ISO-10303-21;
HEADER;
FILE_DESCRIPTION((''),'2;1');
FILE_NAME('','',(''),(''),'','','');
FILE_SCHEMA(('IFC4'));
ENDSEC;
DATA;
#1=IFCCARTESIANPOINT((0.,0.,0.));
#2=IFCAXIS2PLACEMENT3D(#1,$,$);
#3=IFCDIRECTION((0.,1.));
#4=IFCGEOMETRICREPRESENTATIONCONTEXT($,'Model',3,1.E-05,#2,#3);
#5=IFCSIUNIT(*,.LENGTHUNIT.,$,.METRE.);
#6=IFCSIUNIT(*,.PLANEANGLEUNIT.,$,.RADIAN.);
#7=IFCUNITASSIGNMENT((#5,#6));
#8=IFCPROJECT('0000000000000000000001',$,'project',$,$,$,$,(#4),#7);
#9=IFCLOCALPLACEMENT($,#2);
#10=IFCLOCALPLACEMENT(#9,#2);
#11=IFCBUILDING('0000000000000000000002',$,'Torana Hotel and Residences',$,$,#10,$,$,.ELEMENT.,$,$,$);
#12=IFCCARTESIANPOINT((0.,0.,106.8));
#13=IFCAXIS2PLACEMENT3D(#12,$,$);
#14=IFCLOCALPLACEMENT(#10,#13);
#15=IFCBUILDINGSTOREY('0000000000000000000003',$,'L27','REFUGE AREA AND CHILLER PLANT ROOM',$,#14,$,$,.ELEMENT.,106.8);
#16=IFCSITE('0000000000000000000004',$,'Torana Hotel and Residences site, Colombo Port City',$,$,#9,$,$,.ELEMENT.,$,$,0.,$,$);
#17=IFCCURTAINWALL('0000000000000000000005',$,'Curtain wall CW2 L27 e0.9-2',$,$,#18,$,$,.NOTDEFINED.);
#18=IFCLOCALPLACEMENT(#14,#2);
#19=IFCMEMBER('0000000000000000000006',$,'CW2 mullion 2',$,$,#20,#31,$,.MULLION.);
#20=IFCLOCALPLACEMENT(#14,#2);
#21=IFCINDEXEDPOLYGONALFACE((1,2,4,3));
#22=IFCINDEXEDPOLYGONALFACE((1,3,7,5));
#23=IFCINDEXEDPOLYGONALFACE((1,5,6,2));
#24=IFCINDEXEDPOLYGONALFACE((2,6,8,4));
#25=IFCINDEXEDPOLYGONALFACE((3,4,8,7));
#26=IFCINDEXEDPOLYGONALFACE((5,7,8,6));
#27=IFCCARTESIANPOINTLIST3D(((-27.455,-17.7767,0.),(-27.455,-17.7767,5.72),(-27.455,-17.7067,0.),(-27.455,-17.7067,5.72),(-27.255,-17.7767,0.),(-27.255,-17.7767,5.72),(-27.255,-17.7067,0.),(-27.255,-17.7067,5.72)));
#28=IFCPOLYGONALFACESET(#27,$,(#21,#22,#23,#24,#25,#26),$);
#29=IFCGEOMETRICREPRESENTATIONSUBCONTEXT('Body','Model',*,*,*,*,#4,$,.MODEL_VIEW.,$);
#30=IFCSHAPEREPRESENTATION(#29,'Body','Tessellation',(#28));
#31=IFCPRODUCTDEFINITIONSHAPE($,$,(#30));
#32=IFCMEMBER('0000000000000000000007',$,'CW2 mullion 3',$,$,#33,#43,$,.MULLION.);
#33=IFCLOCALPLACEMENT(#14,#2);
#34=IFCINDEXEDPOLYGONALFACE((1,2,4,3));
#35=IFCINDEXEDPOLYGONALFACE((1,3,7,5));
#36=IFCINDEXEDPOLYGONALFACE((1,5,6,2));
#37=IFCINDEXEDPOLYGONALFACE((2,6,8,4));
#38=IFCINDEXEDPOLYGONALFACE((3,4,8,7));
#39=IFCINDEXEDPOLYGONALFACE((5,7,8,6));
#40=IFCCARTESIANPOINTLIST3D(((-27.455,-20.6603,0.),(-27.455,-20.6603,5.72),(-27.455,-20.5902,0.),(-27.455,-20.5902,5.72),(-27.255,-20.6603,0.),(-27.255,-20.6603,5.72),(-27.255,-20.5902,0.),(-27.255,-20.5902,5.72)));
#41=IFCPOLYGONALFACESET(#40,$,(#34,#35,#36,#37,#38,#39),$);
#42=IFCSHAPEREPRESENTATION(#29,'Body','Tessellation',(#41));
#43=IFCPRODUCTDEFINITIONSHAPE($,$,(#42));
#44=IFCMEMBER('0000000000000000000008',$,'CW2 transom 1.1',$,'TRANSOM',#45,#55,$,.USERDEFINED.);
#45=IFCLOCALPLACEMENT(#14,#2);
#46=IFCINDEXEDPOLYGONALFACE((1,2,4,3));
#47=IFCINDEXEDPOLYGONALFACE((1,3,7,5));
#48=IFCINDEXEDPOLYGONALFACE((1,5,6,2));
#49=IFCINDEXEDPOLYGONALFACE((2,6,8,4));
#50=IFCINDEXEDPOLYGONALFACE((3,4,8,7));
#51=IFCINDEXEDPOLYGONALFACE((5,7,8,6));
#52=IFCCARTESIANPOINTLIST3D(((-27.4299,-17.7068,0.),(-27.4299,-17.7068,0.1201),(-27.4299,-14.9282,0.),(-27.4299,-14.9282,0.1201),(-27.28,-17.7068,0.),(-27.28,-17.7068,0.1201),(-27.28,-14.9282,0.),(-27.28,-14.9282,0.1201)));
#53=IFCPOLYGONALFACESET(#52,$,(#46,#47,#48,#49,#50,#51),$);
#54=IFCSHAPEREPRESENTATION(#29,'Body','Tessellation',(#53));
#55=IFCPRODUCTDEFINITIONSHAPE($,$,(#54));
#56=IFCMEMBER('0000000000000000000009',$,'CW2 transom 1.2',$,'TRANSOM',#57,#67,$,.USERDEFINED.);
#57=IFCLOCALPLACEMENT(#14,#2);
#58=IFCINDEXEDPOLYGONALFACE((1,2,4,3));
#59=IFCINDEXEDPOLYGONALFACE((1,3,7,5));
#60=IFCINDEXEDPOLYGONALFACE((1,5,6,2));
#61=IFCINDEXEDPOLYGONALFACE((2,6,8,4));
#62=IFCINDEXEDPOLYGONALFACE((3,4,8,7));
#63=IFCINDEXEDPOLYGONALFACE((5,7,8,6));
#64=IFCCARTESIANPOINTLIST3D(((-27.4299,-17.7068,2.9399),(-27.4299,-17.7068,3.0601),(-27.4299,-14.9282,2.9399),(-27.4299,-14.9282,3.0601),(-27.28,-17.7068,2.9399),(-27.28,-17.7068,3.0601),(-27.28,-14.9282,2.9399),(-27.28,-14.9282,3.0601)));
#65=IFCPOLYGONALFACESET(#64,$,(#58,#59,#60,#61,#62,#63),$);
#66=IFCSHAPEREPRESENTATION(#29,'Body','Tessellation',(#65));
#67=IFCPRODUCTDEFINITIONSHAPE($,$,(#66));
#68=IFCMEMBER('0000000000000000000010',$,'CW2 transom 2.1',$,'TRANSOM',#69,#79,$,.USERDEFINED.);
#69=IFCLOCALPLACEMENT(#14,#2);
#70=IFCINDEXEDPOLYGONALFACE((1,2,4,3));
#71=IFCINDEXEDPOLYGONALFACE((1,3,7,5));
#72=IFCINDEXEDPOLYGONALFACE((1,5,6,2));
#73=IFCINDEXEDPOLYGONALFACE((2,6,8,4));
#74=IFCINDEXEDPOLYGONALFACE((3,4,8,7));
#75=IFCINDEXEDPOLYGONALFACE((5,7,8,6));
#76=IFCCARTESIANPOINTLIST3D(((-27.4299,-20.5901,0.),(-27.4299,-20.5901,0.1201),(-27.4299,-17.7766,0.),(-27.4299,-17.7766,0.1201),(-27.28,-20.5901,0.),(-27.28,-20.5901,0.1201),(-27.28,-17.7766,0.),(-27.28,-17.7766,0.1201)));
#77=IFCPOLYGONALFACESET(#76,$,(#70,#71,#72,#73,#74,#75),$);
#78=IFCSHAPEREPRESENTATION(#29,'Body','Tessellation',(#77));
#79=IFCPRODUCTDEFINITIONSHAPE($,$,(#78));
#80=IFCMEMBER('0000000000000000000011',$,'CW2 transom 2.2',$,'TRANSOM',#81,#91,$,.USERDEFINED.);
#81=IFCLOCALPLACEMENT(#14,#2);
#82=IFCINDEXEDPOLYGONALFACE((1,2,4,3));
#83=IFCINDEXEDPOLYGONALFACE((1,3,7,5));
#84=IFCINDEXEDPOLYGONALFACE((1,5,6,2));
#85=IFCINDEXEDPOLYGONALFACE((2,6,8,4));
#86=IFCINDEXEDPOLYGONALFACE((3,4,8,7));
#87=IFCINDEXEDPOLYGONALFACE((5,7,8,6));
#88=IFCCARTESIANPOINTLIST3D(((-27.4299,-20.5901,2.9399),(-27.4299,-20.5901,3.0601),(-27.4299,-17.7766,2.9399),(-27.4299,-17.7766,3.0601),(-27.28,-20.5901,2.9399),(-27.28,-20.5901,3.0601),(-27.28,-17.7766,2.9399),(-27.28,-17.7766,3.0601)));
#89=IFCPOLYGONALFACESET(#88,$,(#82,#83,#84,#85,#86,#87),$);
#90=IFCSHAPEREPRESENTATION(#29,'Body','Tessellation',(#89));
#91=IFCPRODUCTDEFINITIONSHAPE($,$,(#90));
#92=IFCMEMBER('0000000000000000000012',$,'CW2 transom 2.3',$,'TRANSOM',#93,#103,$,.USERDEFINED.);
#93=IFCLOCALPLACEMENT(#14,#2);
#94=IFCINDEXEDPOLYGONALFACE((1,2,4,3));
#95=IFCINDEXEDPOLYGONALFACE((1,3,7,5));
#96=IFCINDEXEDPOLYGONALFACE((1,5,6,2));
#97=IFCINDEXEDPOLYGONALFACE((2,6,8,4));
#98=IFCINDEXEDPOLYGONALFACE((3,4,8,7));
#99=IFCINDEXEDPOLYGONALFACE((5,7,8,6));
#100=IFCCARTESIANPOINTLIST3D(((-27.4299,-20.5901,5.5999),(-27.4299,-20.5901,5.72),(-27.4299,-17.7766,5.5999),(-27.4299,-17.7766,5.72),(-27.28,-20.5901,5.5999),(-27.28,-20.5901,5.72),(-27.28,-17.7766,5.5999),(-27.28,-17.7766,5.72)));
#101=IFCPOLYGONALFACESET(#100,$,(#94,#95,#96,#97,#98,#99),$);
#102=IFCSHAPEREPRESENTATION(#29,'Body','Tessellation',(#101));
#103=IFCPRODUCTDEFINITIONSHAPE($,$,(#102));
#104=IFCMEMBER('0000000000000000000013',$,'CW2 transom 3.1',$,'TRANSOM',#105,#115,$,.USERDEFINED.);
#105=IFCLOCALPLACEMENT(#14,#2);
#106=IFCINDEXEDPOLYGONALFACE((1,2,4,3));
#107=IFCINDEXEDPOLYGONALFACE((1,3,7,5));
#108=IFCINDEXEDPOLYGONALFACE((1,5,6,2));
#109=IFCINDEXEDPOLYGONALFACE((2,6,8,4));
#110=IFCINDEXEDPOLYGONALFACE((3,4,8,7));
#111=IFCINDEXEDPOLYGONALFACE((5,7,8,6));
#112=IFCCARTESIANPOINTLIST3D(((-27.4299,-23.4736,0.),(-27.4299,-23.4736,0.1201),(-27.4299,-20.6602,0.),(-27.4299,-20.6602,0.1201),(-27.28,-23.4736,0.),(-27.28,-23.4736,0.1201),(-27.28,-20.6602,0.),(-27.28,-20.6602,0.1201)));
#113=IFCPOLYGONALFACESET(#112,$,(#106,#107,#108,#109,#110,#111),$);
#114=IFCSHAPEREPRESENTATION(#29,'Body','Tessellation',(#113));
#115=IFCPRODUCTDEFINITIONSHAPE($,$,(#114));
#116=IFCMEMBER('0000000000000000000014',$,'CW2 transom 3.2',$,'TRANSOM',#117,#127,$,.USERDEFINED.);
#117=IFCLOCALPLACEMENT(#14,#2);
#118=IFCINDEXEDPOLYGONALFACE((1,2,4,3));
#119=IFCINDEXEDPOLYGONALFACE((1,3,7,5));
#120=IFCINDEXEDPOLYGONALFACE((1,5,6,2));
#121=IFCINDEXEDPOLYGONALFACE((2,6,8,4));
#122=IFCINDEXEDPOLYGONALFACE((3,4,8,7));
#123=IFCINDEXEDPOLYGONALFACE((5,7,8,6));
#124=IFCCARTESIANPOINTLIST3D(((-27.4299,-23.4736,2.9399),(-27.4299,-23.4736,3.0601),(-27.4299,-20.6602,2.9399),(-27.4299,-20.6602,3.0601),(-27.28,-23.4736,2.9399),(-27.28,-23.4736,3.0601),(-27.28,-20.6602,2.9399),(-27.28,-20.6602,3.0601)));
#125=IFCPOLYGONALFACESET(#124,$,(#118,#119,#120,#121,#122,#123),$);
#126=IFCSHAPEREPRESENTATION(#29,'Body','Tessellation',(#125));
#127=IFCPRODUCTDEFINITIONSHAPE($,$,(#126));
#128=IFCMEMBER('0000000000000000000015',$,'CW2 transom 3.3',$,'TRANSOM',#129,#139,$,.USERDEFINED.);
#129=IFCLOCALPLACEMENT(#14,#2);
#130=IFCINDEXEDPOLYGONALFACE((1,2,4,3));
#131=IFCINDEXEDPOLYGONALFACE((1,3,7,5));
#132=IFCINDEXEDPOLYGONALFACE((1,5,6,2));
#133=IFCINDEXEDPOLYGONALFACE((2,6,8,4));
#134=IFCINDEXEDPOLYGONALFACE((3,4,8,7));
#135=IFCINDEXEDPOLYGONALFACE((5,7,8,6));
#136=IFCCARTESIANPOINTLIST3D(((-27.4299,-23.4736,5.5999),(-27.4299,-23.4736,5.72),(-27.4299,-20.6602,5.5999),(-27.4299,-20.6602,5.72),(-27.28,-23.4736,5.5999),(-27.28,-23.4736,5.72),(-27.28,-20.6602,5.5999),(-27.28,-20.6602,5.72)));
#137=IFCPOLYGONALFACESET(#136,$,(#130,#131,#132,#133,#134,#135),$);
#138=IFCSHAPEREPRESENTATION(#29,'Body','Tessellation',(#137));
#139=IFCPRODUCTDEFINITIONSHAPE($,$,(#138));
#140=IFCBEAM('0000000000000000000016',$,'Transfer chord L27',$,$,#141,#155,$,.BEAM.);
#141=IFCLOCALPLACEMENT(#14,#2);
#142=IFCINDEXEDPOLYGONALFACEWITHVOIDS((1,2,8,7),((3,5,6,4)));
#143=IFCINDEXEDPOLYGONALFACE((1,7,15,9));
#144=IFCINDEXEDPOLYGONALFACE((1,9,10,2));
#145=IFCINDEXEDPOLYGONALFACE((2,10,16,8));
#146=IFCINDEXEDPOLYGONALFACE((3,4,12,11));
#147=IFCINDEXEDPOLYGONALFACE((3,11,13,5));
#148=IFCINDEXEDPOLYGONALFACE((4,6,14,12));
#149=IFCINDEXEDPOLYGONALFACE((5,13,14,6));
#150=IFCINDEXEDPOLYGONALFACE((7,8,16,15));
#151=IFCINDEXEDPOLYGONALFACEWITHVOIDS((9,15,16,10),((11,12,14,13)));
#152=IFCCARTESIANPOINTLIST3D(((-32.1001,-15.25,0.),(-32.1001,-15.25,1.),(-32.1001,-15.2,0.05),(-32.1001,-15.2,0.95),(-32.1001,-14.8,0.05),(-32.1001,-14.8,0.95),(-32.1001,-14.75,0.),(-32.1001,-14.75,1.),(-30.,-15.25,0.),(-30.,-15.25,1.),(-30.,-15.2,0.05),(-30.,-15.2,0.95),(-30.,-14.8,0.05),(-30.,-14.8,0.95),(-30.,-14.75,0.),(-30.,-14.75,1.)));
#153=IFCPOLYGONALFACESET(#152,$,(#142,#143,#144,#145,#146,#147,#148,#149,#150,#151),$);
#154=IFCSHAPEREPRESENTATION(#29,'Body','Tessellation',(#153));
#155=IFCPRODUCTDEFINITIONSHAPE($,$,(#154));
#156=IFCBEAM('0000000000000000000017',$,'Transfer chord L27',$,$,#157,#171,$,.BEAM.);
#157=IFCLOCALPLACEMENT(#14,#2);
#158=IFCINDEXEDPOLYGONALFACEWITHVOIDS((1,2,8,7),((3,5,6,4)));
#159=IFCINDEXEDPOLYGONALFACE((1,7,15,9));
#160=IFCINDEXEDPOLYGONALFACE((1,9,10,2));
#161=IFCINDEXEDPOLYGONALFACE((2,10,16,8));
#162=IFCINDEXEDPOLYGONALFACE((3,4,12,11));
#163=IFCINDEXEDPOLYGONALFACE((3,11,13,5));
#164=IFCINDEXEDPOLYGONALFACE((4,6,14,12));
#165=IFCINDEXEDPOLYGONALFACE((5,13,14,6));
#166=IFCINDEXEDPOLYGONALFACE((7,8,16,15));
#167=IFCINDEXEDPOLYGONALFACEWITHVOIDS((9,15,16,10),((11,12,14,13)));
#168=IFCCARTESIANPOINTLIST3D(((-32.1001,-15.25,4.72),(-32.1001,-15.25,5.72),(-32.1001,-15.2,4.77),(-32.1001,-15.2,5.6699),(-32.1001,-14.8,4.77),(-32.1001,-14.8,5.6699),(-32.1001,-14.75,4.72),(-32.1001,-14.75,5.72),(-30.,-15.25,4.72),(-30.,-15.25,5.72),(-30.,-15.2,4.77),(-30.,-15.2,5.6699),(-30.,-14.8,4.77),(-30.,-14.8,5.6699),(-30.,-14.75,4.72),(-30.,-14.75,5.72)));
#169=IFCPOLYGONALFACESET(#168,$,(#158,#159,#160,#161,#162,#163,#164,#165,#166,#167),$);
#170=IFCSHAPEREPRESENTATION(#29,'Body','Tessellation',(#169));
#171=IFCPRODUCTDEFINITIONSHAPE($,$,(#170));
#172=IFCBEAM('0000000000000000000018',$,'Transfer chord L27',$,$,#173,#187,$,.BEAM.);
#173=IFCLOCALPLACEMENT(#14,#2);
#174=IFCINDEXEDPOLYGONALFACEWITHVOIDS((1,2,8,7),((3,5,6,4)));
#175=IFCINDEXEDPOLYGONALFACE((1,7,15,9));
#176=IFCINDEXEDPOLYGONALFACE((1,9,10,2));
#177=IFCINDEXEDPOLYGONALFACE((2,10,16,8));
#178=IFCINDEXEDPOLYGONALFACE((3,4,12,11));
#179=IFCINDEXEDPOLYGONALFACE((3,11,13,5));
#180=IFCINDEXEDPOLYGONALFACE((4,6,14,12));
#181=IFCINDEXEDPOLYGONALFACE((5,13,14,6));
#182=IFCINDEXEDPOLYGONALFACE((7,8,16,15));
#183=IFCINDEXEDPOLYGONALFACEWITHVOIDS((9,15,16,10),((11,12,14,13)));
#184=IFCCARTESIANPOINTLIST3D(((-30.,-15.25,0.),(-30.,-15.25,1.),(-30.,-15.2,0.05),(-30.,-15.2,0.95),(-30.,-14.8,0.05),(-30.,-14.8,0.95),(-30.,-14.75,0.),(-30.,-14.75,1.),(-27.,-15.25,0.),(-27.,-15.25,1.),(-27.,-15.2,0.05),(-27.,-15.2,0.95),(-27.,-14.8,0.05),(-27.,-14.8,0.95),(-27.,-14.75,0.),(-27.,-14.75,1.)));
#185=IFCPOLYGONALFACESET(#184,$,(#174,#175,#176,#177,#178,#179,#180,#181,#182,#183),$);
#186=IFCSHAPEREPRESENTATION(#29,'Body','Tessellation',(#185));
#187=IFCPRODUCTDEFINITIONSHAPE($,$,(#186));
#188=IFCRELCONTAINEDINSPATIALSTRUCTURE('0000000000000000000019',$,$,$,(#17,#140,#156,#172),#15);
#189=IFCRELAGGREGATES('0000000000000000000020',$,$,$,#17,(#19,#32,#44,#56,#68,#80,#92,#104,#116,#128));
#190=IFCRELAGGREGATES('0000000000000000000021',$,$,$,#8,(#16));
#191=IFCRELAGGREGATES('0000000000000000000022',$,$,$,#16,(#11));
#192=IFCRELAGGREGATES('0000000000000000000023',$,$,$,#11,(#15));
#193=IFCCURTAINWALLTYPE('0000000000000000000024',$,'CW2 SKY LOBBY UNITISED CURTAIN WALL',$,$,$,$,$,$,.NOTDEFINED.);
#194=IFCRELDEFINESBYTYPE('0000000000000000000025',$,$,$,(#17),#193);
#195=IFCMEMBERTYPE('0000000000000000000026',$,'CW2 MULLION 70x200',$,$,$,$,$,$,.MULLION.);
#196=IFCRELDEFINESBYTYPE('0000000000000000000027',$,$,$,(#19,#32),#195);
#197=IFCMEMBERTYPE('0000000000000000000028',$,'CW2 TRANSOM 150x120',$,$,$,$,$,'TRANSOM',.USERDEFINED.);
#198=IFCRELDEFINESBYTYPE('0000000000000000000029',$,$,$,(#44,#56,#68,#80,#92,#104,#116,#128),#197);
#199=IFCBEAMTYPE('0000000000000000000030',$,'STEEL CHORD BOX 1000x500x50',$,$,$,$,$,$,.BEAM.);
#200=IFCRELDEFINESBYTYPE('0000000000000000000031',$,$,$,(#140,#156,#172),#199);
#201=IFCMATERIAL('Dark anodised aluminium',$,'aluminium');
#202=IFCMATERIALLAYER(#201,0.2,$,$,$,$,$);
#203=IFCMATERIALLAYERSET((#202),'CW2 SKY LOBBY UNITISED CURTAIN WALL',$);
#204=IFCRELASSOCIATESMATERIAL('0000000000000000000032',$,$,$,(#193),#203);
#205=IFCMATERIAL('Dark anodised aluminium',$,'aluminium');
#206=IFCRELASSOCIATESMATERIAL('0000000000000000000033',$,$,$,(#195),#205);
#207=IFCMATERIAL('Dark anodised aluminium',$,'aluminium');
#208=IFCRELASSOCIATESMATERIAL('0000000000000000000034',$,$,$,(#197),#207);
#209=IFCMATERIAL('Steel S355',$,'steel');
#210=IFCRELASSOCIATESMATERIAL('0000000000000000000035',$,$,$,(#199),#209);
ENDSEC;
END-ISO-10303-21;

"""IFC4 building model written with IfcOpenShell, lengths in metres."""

from ifc_helpers import new_model, si_unit, direction, frame, origin, origin_2d, place, context, subcontext, project, spatial, rectangle, hollow_rectangle, extrude, material, layer, layer_set, material_profile, profile_set, type_object, element, aggregate, save


model = new_model("IFC4")

# Units and contexts
model_context = context("Model", 3, precision=1e-05, world=origin(), true_north=direction((0.0, 1.0)))
body_context = subcontext(model_context, "Body", "Model", "MODEL_VIEW")
ifc_project = project(units=[si_unit("LENGTHUNIT", "METRE"), si_unit("PLANEANGLEUNIT", "RADIAN")], contexts=[model_context])

# Site, building, storey
site_placement = place(None, origin())
site = spatial("IfcSite", under=ifc_project, at=site_placement, Name="Torana Hotel and Residences site, Colombo Port City", CompositionType="ELEMENT", RefElevation=0.0)
building_placement = place(site_placement, origin())
building = spatial("IfcBuilding", under=site, at=building_placement, Name="Torana Hotel and Residences", CompositionType="ELEMENT")
storey_placement = place(building_placement, frame((0.0, 0.0, 106.8)))
storey = spatial("IfcBuildingStorey", under=building, at=storey_placement, Name="L27", Description="REFUGE AREA AND CHILLER PLANT ROOM", CompositionType="ELEMENT", Elevation=106.8)

# Curtain wall, members
ifc_material_1 = material(Name="Dark anodised aluminium", Category="aluminium")
ifc_layer_1 = layer(ifc_material_1, 0.2)
ifc_layer_set_1 = layer_set([ifc_layer_1], Name="CW2 SKY LOBBY UNITISED CURTAIN WALL")
curtain_wall_type = type_object("IfcCurtainWallType", Name="CW2 SKY LOBBY UNITISED CURTAIN WALL", PredefinedType="NOTDEFINED", material=ifc_layer_set_1)
curtain_wall_placement = place(storey_placement, origin())
curtain_wall = element("IfcCurtainWall", 1, at=curtain_wall_placement, inside=storey, type_object=curtain_wall_type, Name="Curtain wall CW2 L27 e0.9-2", PredefinedType="NOTDEFINED")
ifc_material_2 = material(Name="Dark anodised aluminium", Category="aluminium")
ifc_material_profile_1 = material_profile(ifc_material_2, rectangle(XDim=0.2, YDim=0.0701, at=origin_2d()), Name="CW2 MULLION 70x200")
ifc_profile_set_1 = profile_set([ifc_material_profile_1], Name="Dark anodised aluminium")
member_type_1 = type_object("IfcMemberType", Name="CW2 MULLION 70x200", PredefinedType="MULLION", material=ifc_profile_set_1)
member_1_placement = place(storey_placement, frame((-27.355, -17.7417, 0.0), z_axis=(0.0, 0.0, 1.0), x_axis=(1.0, 0.0, 0.0)))
member_1 = element("IfcMember", 2, at=member_1_placement, type_object=member_type_1, Name="CW2 mullion 2", PredefinedType="MULLION", context=body_context, shape_type="SweptSolid", body=[
    extrude(rectangle(XDim=0.2, YDim=0.0701, at=origin_2d()), origin(), (0.0, 0.0, 1.0), 5.72),
])
member_2_placement = place(storey_placement, frame((-27.355, -20.6252, 0.0), z_axis=(0.0, 0.0, 1.0), x_axis=(1.0, 0.0, 0.0)))
member_2 = element("IfcMember", 3, at=member_2_placement, type_object=member_type_1, Name="CW2 mullion 3", PredefinedType="MULLION", context=body_context, shape_type="SweptSolid", body=[
    extrude(rectangle(XDim=0.2, YDim=0.0701, at=origin_2d()), origin(), (0.0, 0.0, 1.0), 5.72),
])
ifc_material_3 = material(Name="Dark anodised aluminium", Category="aluminium")
ifc_material_profile_2 = material_profile(ifc_material_3, rectangle(XDim=0.1499, YDim=0.1201, at=origin_2d()), Name="CW2 TRANSOM 150x120")
ifc_profile_set_2 = profile_set([ifc_material_profile_2], Name="Dark anodised aluminium")
member_type_2 = type_object("IfcMemberType", Name="CW2 TRANSOM 150x120", ElementType="TRANSOM", PredefinedType="USERDEFINED", material=ifc_profile_set_2)
member_3_placement = place(storey_placement, frame((-27.355, -14.9282, 0.0601), z_axis=(0.0, -1.0, 0.0), x_axis=(1.0, 0.0, 0.0)))
member_3 = element("IfcMember", 4, at=member_3_placement, type_object=member_type_2, Name="CW2 transom 1.1", ObjectType="TRANSOM", PredefinedType="USERDEFINED", context=body_context, shape_type="SweptSolid", body=[
    extrude(rectangle(XDim=0.1499, YDim=0.1201, at=origin_2d()), origin(), (0.0, 0.0, 1.0), 2.7786),
])
member_4_placement = place(storey_placement, frame((-27.355, -14.9282, 3.0), z_axis=(0.0, -1.0, 0.0), x_axis=(1.0, 0.0, 0.0)))
member_4 = element("IfcMember", 5, at=member_4_placement, type_object=member_type_2, Name="CW2 transom 1.2", ObjectType="TRANSOM", PredefinedType="USERDEFINED", context=body_context, shape_type="SweptSolid", body=[
    extrude(rectangle(XDim=0.1499, YDim=0.1201, at=origin_2d()), origin(), (0.0, 0.0, 1.0), 2.7786),
])
member_5_placement = place(storey_placement, frame((-27.355, -17.7766, 0.0601), z_axis=(0.0, -1.0, 0.0), x_axis=(1.0, 0.0, 0.0)))
member_5 = element("IfcMember", 6, at=member_5_placement, type_object=member_type_2, Name="CW2 transom 2.1", ObjectType="TRANSOM", PredefinedType="USERDEFINED", context=body_context, shape_type="SweptSolid", body=[
    extrude(rectangle(XDim=0.1499, YDim=0.1201, at=origin_2d()), origin(), (0.0, 0.0, 1.0), 2.8135),
])
member_6_placement = place(storey_placement, frame((-27.355, -17.7766, 3.0), z_axis=(0.0, -1.0, 0.0), x_axis=(1.0, 0.0, 0.0)))
member_6 = element("IfcMember", 7, at=member_6_placement, type_object=member_type_2, Name="CW2 transom 2.2", ObjectType="TRANSOM", PredefinedType="USERDEFINED", context=body_context, shape_type="SweptSolid", body=[
    extrude(rectangle(XDim=0.1499, YDim=0.1201, at=origin_2d()), origin(), (0.0, 0.0, 1.0), 2.8135),
])
member_7_placement = place(storey_placement, frame((-27.355, -17.7766, 5.6599), z_axis=(0.0, -1.0, 0.0), x_axis=(1.0, 0.0, 0.0)))
member_7 = element("IfcMember", 8, at=member_7_placement, type_object=member_type_2, Name="CW2 transom 2.3", ObjectType="TRANSOM", PredefinedType="USERDEFINED", context=body_context, shape_type="SweptSolid", body=[
    extrude(rectangle(XDim=0.1499, YDim=0.1201, at=origin_2d()), origin(), (0.0, 0.0, 1.0), 2.8135),
])
member_8_placement = place(storey_placement, frame((-27.355, -20.6602, 0.0601), z_axis=(0.0, -1.0, 0.0), x_axis=(1.0, 0.0, 0.0)))
member_8 = element("IfcMember", 9, at=member_8_placement, type_object=member_type_2, Name="CW2 transom 3.1", ObjectType="TRANSOM", PredefinedType="USERDEFINED", context=body_context, shape_type="SweptSolid", body=[
    extrude(rectangle(XDim=0.1499, YDim=0.1201, at=origin_2d()), origin(), (0.0, 0.0, 1.0), 2.8135),
])
member_9_placement = place(storey_placement, frame((-27.355, -20.6602, 3.0), z_axis=(0.0, -1.0, 0.0), x_axis=(1.0, 0.0, 0.0)))
member_9 = element("IfcMember", 10, at=member_9_placement, type_object=member_type_2, Name="CW2 transom 3.2", ObjectType="TRANSOM", PredefinedType="USERDEFINED", context=body_context, shape_type="SweptSolid", body=[
    extrude(rectangle(XDim=0.1499, YDim=0.1201, at=origin_2d()), origin(), (0.0, 0.0, 1.0), 2.8135),
])
member_10_placement = place(storey_placement, frame((-27.355, -20.6602, 5.6599), z_axis=(0.0, -1.0, 0.0), x_axis=(1.0, 0.0, 0.0)))
member_10 = element("IfcMember", 11, at=member_10_placement, type_object=member_type_2, Name="CW2 transom 3.3", ObjectType="TRANSOM", PredefinedType="USERDEFINED", context=body_context, shape_type="SweptSolid", body=[
    extrude(rectangle(XDim=0.1499, YDim=0.1201, at=origin_2d()), origin(), (0.0, 0.0, 1.0), 2.8135),
])
aggregate(curtain_wall, [member_1, member_2, member_3, member_4, member_5, member_6, member_7, member_8, member_9, member_10])

# Beams
ifc_material_4 = material(Name="Steel S355", Category="steel")
ifc_material_profile_3 = material_profile(ifc_material_4, hollow_rectangle(XDim=0.5, YDim=1.0, WallThickness=0.05, at=origin_2d()), Name="BOX 1000x500x50")
ifc_profile_set_3 = profile_set([ifc_material_profile_3], Name="Steel S355")
beam_type = type_object("IfcBeamType", Name="STEEL CHORD BOX 1000x500x50", PredefinedType="BEAM", material=ifc_profile_set_3)
for number, where, z_axis, x_axis, name in (
    (12, (-32.1001, -15.0, 0.5), (1.0, 0.0, 0.0), (0.0, 1.0, 0.0), "Transfer chord L27"),
    (13, (-32.1001, -15.0, 5.22), (1.0, 0.0, 0.0), (0.0, 1.0, 0.0), "Transfer chord L27"),
):
    element("IfcBeam", number, at=place(storey_placement, frame(where, z_axis=z_axis, x_axis=x_axis)), inside=storey, type_object=beam_type, Name=name, PredefinedType="BEAM", context=body_context, shape_type="SweptSolid", body=[
        extrude(hollow_rectangle(XDim=0.5, YDim=1.0, WallThickness=0.05, at=origin_2d()), origin(), (0.0, 0.0, 1.0), 2.1001),
    ])
for number, where, z_axis, x_axis, name in (
    (14, (-30.0, -15.0, 0.5), (1.0, 0.0, 0.0), (0.0, 1.0, 0.0), "Transfer chord L27"),
):
    element("IfcBeam", number, at=place(storey_placement, frame(where, z_axis=z_axis, x_axis=x_axis)), inside=storey, type_object=beam_type, Name=name, PredefinedType="BEAM", context=body_context, shape_type="SweptSolid", body=[
        extrude(hollow_rectangle(XDim=0.5, YDim=1.0, WallThickness=0.05, at=origin_2d()), origin(), (0.0, 0.0, 1.0), 3.0),
    ])

save(model, "model.ifc")
